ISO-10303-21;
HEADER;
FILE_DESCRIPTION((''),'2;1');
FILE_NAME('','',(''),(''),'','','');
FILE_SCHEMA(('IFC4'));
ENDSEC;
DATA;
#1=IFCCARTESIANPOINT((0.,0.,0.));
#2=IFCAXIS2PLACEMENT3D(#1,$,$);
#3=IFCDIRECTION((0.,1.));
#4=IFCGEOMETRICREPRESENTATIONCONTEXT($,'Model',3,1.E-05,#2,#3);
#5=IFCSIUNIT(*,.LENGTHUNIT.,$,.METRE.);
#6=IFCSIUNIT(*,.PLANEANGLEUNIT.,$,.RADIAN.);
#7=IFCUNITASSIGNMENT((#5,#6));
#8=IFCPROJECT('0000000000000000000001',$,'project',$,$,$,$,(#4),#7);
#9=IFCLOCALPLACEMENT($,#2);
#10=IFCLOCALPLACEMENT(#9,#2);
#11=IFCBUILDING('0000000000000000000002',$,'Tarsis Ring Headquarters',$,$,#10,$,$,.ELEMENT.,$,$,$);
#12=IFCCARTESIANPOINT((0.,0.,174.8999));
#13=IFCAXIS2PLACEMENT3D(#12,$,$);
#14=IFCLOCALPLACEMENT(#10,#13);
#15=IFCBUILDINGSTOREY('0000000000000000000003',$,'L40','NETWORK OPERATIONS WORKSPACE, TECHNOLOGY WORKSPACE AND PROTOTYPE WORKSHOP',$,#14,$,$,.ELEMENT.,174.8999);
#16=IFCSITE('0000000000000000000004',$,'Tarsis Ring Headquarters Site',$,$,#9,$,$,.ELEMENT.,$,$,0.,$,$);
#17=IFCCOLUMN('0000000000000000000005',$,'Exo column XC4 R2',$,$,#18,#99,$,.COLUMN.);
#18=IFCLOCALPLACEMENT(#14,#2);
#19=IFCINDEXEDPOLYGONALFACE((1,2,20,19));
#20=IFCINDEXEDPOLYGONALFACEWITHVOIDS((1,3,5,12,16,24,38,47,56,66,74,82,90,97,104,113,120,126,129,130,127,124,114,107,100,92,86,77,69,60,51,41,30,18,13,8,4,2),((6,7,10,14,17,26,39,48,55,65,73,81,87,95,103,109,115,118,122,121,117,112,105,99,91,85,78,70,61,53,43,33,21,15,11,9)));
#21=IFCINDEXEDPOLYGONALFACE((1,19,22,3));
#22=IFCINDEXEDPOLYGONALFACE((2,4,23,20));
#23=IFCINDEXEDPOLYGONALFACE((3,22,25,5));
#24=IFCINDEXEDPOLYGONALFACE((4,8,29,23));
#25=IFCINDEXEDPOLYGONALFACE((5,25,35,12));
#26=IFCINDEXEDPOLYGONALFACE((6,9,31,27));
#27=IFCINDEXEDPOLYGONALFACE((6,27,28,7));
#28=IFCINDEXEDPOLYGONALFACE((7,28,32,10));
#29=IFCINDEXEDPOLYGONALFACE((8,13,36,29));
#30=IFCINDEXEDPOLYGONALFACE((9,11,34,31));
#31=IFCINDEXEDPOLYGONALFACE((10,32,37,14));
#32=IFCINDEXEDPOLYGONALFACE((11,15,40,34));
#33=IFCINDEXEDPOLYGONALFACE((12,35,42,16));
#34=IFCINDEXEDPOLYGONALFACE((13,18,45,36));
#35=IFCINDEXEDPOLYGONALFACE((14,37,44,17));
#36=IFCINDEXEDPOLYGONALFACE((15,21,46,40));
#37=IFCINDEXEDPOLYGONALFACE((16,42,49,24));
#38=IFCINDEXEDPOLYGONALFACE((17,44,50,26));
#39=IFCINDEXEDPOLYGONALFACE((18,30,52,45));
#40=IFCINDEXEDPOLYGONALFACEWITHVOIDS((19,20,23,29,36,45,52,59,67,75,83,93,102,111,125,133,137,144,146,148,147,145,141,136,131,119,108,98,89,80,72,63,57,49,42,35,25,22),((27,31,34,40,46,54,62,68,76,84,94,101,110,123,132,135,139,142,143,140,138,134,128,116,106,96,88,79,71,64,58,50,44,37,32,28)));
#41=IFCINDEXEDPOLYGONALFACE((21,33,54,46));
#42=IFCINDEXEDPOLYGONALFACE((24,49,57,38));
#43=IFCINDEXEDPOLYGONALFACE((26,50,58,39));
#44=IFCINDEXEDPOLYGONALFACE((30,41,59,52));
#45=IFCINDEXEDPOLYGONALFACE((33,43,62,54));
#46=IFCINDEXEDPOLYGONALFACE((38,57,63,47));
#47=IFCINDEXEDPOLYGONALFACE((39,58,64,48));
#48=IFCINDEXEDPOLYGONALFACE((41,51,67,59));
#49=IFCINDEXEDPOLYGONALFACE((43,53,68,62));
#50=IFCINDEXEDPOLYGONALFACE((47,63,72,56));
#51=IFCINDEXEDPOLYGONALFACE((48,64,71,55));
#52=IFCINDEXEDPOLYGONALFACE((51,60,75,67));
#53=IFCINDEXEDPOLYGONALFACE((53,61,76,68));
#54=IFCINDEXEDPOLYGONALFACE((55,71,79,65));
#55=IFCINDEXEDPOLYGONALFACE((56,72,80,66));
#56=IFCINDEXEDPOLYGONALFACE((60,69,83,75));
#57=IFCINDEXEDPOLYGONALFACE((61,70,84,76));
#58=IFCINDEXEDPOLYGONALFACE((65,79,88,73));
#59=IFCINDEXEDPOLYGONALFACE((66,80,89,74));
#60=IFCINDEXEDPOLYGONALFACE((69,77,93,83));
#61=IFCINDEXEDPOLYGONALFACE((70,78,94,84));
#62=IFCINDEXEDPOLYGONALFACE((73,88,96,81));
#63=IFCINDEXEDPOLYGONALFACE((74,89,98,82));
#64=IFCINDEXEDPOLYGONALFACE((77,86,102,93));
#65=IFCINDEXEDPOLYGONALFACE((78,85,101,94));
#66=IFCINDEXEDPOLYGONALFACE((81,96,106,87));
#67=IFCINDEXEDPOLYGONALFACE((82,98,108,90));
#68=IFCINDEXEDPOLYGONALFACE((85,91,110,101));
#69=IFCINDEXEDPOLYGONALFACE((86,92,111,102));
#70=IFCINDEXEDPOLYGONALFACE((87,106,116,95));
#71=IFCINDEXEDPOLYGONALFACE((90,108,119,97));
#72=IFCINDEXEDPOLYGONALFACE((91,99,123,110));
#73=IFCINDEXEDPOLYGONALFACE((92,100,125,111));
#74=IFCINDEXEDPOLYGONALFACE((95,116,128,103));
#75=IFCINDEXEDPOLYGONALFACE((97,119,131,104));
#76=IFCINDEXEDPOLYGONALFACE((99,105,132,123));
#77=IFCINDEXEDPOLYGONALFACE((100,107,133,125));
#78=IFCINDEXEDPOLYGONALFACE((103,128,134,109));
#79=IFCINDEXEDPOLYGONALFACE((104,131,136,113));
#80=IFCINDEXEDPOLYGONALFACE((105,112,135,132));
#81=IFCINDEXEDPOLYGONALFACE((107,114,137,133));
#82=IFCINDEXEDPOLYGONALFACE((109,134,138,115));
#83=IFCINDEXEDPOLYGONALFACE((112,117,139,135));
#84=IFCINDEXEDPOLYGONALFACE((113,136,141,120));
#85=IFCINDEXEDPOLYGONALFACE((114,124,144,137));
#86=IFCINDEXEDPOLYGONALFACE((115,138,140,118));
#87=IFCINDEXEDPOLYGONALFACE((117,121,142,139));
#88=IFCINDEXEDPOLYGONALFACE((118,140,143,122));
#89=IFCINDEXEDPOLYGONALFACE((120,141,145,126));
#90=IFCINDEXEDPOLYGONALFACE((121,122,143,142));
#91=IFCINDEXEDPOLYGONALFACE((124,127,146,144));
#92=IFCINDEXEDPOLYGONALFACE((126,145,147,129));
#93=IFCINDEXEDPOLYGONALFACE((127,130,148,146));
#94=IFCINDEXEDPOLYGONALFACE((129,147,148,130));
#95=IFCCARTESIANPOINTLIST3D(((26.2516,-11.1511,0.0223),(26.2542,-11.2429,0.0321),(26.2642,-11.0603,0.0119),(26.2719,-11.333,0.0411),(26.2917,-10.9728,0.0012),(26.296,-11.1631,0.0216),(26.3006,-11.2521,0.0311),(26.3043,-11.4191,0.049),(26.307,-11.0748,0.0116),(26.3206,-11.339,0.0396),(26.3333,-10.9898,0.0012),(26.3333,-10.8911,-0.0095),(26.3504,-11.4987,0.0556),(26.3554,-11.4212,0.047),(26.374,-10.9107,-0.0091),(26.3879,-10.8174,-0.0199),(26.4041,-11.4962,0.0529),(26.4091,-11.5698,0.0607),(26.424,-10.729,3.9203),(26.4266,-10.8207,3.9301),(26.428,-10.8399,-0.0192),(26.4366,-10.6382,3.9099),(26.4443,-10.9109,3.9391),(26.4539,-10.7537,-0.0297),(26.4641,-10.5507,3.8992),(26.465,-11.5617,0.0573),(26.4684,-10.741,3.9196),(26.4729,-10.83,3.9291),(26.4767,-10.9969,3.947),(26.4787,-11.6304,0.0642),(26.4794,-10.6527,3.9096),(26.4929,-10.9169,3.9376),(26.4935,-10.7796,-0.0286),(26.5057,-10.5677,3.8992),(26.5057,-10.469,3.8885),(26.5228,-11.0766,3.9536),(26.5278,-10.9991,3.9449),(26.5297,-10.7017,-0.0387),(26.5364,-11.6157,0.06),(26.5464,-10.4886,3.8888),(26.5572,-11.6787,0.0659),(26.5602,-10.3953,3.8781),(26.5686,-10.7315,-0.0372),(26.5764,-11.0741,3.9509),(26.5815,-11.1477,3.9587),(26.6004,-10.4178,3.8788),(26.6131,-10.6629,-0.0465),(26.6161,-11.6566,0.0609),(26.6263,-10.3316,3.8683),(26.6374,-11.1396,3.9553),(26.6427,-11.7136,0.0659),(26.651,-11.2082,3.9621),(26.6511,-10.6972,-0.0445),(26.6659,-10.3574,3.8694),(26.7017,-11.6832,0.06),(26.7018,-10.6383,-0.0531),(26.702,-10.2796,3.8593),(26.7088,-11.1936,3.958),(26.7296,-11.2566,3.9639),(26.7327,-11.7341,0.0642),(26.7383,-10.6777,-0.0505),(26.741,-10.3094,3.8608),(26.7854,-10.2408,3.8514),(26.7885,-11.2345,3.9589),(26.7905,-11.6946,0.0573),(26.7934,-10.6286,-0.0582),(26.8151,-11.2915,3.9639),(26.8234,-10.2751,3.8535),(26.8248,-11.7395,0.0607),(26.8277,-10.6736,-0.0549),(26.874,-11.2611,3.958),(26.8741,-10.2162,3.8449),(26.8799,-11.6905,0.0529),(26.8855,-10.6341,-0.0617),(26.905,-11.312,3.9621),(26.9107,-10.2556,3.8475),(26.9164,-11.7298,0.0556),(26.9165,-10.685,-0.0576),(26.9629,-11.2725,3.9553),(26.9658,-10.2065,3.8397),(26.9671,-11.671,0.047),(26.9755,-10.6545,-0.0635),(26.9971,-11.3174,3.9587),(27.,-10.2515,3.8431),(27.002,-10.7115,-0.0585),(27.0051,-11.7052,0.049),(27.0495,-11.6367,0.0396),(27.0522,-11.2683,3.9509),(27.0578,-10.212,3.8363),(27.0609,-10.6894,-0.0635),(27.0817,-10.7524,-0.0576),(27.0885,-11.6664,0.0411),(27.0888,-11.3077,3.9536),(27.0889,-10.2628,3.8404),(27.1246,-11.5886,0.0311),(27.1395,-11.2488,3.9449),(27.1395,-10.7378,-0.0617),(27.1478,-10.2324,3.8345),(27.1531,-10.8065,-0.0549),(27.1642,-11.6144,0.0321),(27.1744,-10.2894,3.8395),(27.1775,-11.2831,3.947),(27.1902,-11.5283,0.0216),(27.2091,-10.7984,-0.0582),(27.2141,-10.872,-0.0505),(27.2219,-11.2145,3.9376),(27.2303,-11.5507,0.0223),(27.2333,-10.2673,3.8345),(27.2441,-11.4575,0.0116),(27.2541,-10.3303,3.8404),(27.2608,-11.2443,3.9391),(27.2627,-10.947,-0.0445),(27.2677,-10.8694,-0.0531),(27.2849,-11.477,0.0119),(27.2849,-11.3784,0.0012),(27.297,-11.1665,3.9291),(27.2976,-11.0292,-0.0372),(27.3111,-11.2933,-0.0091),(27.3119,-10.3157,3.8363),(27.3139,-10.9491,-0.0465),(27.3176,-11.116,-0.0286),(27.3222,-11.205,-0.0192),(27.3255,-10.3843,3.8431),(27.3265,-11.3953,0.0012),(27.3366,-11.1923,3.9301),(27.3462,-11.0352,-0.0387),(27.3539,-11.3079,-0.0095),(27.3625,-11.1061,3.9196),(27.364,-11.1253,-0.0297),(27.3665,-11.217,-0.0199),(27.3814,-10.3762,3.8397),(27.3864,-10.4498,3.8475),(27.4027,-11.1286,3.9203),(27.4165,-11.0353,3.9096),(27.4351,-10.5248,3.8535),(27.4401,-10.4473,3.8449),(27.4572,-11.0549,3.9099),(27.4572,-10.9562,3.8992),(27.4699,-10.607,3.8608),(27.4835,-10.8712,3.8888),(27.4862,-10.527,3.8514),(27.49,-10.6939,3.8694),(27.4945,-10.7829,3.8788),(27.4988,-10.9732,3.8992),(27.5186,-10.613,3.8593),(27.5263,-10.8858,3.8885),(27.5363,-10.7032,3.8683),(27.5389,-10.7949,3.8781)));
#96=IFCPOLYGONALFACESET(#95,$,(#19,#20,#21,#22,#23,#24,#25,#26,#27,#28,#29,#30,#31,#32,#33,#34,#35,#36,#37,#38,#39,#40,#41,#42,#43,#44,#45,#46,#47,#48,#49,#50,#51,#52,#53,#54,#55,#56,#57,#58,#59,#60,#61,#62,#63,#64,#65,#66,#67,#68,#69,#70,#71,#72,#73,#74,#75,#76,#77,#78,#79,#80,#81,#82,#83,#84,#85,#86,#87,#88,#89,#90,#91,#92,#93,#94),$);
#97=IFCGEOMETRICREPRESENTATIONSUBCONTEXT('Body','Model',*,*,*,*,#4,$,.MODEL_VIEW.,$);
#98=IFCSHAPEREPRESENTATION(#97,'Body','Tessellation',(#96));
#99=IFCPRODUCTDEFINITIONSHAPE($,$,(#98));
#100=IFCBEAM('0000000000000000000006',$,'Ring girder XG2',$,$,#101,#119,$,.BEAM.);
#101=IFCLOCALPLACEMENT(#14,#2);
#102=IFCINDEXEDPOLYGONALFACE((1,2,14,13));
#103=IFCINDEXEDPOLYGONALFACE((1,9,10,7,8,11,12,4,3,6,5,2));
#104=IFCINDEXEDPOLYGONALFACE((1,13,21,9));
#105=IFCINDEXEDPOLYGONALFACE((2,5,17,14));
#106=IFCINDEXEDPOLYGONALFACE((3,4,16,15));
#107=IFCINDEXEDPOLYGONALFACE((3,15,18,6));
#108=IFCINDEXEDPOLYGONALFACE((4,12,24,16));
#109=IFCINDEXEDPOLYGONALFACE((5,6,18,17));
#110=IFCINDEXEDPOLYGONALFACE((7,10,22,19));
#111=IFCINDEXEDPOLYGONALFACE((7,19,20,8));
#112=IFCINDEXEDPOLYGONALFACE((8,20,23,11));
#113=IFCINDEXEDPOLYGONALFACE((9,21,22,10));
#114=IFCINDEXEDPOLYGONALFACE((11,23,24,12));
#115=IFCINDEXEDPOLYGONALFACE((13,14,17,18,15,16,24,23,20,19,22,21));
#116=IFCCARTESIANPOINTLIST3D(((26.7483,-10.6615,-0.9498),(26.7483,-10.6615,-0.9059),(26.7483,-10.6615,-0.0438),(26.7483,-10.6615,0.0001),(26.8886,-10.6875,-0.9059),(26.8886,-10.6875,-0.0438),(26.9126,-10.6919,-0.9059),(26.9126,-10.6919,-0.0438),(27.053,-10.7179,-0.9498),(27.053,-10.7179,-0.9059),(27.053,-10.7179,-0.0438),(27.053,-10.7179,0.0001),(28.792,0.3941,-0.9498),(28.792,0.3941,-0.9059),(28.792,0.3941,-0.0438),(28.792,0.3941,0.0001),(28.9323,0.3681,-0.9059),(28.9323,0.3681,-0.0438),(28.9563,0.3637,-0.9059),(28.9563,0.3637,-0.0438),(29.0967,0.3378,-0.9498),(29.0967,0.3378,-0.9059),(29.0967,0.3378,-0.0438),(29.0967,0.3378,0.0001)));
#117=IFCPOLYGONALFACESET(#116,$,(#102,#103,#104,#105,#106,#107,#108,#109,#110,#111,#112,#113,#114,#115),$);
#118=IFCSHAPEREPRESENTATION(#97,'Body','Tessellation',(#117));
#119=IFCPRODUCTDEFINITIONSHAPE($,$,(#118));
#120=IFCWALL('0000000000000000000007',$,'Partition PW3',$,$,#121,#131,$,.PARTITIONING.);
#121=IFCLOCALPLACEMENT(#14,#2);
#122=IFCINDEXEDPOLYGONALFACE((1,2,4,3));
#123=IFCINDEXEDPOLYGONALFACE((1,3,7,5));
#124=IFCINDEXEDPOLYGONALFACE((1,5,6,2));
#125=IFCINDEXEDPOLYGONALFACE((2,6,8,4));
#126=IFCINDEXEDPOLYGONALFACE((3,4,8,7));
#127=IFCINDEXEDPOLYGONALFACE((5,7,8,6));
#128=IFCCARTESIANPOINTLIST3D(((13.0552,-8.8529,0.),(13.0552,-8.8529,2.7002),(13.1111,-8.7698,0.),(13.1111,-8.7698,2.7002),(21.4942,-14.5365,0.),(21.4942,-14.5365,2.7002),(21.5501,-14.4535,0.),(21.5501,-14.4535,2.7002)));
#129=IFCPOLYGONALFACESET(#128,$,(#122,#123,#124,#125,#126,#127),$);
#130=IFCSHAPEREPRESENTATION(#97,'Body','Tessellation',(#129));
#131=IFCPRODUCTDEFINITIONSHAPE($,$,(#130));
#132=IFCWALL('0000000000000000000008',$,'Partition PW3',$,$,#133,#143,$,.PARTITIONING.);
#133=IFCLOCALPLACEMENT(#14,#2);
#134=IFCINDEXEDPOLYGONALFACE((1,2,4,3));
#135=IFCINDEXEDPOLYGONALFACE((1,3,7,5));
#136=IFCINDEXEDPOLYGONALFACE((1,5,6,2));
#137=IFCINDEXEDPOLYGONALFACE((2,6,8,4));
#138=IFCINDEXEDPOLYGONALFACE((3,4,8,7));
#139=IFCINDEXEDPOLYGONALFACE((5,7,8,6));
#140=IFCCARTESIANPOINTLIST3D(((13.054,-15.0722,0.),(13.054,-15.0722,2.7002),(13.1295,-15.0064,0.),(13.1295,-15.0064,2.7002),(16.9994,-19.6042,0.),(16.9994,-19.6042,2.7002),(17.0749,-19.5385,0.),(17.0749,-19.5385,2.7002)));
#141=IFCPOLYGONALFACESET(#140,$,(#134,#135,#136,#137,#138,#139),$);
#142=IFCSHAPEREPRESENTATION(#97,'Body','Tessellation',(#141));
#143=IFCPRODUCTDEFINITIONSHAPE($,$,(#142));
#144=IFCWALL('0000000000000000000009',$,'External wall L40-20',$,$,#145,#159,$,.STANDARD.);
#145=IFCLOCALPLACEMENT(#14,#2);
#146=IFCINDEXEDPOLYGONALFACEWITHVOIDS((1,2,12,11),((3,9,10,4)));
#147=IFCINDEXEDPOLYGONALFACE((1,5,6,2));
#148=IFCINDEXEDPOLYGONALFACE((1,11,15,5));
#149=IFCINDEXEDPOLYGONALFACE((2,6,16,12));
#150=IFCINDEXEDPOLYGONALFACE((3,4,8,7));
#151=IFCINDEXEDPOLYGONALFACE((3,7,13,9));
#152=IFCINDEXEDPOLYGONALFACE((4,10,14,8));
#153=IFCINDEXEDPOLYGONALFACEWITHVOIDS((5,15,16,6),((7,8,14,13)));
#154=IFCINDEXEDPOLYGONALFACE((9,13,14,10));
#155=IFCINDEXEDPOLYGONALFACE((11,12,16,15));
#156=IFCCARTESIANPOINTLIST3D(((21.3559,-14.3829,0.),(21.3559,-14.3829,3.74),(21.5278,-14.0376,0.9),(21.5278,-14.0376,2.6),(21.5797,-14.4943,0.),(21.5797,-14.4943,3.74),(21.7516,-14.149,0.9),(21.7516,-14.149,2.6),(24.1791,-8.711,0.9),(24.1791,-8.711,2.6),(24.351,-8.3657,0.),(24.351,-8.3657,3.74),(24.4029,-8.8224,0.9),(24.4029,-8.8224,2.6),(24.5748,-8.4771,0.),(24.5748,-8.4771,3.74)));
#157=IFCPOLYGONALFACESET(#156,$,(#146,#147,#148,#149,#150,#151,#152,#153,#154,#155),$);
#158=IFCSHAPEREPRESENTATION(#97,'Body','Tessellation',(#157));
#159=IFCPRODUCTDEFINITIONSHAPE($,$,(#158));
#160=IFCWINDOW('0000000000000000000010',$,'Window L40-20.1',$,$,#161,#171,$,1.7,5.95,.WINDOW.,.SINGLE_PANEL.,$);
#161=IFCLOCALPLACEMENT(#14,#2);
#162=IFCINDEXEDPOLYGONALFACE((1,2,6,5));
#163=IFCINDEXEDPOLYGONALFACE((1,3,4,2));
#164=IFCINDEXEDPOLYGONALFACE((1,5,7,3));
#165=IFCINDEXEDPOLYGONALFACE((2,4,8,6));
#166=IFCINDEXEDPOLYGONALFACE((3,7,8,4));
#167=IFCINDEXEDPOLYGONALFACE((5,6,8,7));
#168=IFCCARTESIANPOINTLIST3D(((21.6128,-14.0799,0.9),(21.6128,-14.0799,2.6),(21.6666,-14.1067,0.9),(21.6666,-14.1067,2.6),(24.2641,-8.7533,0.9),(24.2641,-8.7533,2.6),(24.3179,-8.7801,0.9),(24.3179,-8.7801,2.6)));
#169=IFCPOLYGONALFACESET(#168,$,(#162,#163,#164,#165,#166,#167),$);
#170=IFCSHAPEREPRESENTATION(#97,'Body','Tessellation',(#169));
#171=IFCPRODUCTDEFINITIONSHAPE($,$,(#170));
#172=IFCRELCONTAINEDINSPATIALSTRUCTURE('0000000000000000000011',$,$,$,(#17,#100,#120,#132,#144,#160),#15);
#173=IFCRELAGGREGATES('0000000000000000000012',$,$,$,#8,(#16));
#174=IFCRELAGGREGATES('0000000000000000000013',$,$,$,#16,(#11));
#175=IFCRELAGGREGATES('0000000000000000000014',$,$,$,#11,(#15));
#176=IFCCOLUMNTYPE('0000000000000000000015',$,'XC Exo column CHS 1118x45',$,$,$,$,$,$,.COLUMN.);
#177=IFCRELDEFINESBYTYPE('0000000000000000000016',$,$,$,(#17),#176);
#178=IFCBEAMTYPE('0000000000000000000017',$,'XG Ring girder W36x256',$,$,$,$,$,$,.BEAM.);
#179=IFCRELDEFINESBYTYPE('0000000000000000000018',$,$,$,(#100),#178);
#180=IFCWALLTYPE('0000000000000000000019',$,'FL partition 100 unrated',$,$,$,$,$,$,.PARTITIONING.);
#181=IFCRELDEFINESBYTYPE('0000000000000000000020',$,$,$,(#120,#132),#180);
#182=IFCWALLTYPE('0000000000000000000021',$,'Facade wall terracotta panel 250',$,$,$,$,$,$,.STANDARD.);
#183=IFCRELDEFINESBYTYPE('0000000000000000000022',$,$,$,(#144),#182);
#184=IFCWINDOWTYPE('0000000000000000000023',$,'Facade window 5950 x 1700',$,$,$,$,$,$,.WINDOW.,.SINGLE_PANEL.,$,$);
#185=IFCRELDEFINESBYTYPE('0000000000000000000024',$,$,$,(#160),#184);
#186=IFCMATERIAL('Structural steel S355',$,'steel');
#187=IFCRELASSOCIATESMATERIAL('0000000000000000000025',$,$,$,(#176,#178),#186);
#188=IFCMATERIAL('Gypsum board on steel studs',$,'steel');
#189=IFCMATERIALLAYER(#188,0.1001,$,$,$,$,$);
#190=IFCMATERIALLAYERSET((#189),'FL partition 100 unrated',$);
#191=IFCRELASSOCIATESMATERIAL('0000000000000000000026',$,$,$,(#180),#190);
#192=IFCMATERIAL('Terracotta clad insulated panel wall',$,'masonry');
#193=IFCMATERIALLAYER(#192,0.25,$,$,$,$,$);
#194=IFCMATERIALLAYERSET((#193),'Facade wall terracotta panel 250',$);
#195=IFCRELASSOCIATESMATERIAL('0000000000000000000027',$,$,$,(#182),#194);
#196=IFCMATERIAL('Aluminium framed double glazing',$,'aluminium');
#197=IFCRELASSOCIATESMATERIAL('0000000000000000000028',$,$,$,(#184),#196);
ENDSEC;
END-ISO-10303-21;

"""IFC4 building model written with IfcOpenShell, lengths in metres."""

from ifc_helpers import new_model, si_unit, direction, frame, frame_2d, origin, origin_2d, place, context, subcontext, project, spatial, rectangle, hollow_circle, i_section, extrude, material, layer, layer_set, material_profile, profile_set, type_object, element, fill, save


model = new_model("IFC4")

# Units and contexts
model_context = context("Model", 3, precision=1e-05, world=origin(), true_north=direction((0.0, 1.0)))
body_context = subcontext(model_context, "Body", "Model", "MODEL_VIEW")
ifc_project = project(units=[si_unit("LENGTHUNIT", "METRE"), si_unit("PLANEANGLEUNIT", "RADIAN")], contexts=[model_context])

# Site, building, storey
site_placement = place(None, origin())
site = spatial("IfcSite", under=ifc_project, at=site_placement, Name="Tarsis Ring Headquarters Site", CompositionType="ELEMENT", RefElevation=0.0)
building_placement = place(site_placement, origin())
building = spatial("IfcBuilding", under=site, at=building_placement, Name="Tarsis Ring Headquarters", CompositionType="ELEMENT")
storey_placement = place(building_placement, frame((0.0, 0.0, 174.8999)))
storey = spatial("IfcBuildingStorey", under=building, at=storey_placement, Name="L40", Description="NETWORK OPERATIONS WORKSPACE, TECHNOLOGY WORKSPACE AND PROTOTYPE WORKSHOP", CompositionType="ELEMENT", Elevation=174.8999)

# Column
ifc_material_1 = material(Name="Structural steel S355", Category="steel")
ifc_material_profile_1 = material_profile(ifc_material_1, hollow_circle(Radius=0.5588, WallThickness=0.0449, at=origin_2d()), Name="CHS 1118x45")
ifc_profile_set_1 = profile_set([ifc_material_profile_1], Name="Structural steel S355")
column_type = type_object("IfcColumnType", Name="XC Exo column CHS 1118x45", PredefinedType="COLUMN", material=ifc_profile_set_1)
column_placement = place(storey_placement, frame((26.8091, -11.1841, 0.0012), z_axis=(0.04392, 0.107559, 0.993228), x_axis=(-0.925794, 0.378028, 0.0)))
element("IfcColumn", 1, at=column_placement, inside=storey, type_object=column_type, Name="Exo column XC4 R2", PredefinedType="COLUMN", context=body_context, shape_type="SweptSolid", body=[
    extrude(hollow_circle(Radius=0.5588, WallThickness=0.0449, at=origin_2d()), origin(), (0.0, 0.0, 1.0), 3.9246),
])

# Beam
ifc_material_profile_2 = material_profile(ifc_material_1, i_section(OverallWidth=0.3098, OverallDepth=0.95, WebThickness=0.0244, FlangeThickness=0.0439, at=origin_2d()), Name="W36x256")
ifc_profile_set_2 = profile_set([ifc_material_profile_2], Name="Structural steel S355")
beam_type = type_object("IfcBeamType", Name="XG Ring girder W36x256", PredefinedType="BEAM", material=ifc_profile_set_2)
beam_placement = place(storey_placement, frame((26.9006, -10.6897, -0.4749), z_axis=(0.181776, 0.98334, 0.0), x_axis=(-0.98334, 0.181776, 0.0)))
element("IfcBeam", 2, at=beam_placement, inside=storey, type_object=beam_type, Name="Ring girder XG2", PredefinedType="BEAM", context=body_context, shape_type="SweptSolid", body=[
    extrude(i_section(OverallWidth=0.3098, OverallDepth=0.95, WebThickness=0.0244, FlangeThickness=0.0439, at=origin_2d()), origin(), (0.0, 0.0, 1.0), 11.2429),
])

# Walls
ifc_material_2 = material(Name="Gypsum board on steel studs", Category="steel")
ifc_layer_1 = layer(ifc_material_2, 0.1001)
ifc_layer_set_1 = layer_set([ifc_layer_1], Name="FL partition 100 unrated")
wall_type_1 = type_object("IfcWallType", Name="FL partition 100 unrated", PredefinedType="PARTITIONING", material=ifc_layer_set_1)
wall_1_placement = place(storey_placement, frame((13.083, -8.8113, 0.0), z_axis=(0.0, 0.0, 1.0), x_axis=(0.829427, -0.558615, 0.0)))
element("IfcWall", 3, at=wall_1_placement, inside=storey, type_object=wall_type_1, Name="Partition PW3", PredefinedType="PARTITIONING", context=body_context, shape_type="SweptSolid", body=[
    extrude(rectangle(XDim=10.1746, YDim=0.1001, at=frame_2d((5.0874, 0.0))), origin(), (0.0, 0.0, 1.0), 2.7002),
])
wall_2_placement = place(storey_placement, frame((13.0918, -15.0393, 0.0), z_axis=(0.0, 0.0, 1.0), x_axis=(0.656601, -0.754238, 0.0)))
element("IfcWall", 4, at=wall_2_placement, inside=storey, type_object=wall_type_1, Name="Partition PW3", PredefinedType="PARTITIONING", context=body_context, shape_type="SweptSolid", body=[
    extrude(rectangle(XDim=6.0088, YDim=0.1001, at=frame_2d((3.0044, 0.0))), origin(), (0.0, 0.0, 1.0), 2.7002),
])

# Wall, opening, window
ifc_material_3 = material(Name="Terracotta clad insulated panel wall", Category="masonry")
ifc_layer_2 = layer(ifc_material_3, 0.25)
ifc_layer_set_2 = layer_set([ifc_layer_2], Name="Facade wall terracotta panel 250")
wall_type_2 = type_object("IfcWallType", Name="Facade wall terracotta panel 250", PredefinedType="STANDARD", material=ifc_layer_set_2)
wall_3_placement = place(storey_placement, frame((21.4678, -14.4387, 0.0), z_axis=(0.0, 0.0, 1.0), x_axis=(0.4456, 0.895232, 0.0)))
wall_3 = element("IfcWall", 5, at=wall_3_placement, inside=storey, type_object=wall_type_2, Name="External wall L40-20", PredefinedType="STANDARD", context=body_context, shape_type="SweptSolid", body=[
    extrude(rectangle(XDim=6.7214, YDim=0.25, at=frame_2d((3.3608, 0.0))), origin(), (0.0, 0.0, 1.0), 3.74),
])
opening_1_placement = place(wall_3_placement, frame((0.3857, 0.0, 0.8999)))
opening_1 = element("IfcOpeningElement", 6, at=opening_1_placement, cuts=wall_3, PredefinedType="OPENING", context=body_context, shape_type="SweptSolid", body=[
    extrude(rectangle(XDim=5.95, YDim=1.7, at=frame_2d((2.9751, 0.8501))), frame((0.0, 0.135, 0.0), z_axis=(0.0, -1.0, 0.0), x_axis=(1.0, 0.0, 0.0)), (0.0, 0.0, 1.0), 0.27),
])
ifc_material_4 = material(Name="Aluminium framed double glazing", Category="aluminium")
window_type = type_object("IfcWindowType", Name="Facade window 5950 x 1700", PartitioningType="SINGLE_PANEL", PredefinedType="WINDOW", material=ifc_material_4)
window_1_placement = place(opening_1_placement, origin())
window_1 = element("IfcWindow", 7, at=window_1_placement, inside=storey, type_object=window_type, Name="Window L40-20.1", OverallHeight=1.7, OverallWidth=5.95, PartitioningType="SINGLE_PANEL", PredefinedType="WINDOW", context=body_context, shape_type="SweptSolid", body=[
    extrude(rectangle(XDim=5.95, YDim=1.7, at=frame_2d((2.9751, 0.8501))), frame((0.0, 0.03, 0.0), z_axis=(0.0, -1.0, 0.0), x_axis=(1.0, 0.0, 0.0)), (0.0, 0.0, 1.0), 0.0601),
])
fill(opening_1, window_1)

save(model, "model.ifc")
